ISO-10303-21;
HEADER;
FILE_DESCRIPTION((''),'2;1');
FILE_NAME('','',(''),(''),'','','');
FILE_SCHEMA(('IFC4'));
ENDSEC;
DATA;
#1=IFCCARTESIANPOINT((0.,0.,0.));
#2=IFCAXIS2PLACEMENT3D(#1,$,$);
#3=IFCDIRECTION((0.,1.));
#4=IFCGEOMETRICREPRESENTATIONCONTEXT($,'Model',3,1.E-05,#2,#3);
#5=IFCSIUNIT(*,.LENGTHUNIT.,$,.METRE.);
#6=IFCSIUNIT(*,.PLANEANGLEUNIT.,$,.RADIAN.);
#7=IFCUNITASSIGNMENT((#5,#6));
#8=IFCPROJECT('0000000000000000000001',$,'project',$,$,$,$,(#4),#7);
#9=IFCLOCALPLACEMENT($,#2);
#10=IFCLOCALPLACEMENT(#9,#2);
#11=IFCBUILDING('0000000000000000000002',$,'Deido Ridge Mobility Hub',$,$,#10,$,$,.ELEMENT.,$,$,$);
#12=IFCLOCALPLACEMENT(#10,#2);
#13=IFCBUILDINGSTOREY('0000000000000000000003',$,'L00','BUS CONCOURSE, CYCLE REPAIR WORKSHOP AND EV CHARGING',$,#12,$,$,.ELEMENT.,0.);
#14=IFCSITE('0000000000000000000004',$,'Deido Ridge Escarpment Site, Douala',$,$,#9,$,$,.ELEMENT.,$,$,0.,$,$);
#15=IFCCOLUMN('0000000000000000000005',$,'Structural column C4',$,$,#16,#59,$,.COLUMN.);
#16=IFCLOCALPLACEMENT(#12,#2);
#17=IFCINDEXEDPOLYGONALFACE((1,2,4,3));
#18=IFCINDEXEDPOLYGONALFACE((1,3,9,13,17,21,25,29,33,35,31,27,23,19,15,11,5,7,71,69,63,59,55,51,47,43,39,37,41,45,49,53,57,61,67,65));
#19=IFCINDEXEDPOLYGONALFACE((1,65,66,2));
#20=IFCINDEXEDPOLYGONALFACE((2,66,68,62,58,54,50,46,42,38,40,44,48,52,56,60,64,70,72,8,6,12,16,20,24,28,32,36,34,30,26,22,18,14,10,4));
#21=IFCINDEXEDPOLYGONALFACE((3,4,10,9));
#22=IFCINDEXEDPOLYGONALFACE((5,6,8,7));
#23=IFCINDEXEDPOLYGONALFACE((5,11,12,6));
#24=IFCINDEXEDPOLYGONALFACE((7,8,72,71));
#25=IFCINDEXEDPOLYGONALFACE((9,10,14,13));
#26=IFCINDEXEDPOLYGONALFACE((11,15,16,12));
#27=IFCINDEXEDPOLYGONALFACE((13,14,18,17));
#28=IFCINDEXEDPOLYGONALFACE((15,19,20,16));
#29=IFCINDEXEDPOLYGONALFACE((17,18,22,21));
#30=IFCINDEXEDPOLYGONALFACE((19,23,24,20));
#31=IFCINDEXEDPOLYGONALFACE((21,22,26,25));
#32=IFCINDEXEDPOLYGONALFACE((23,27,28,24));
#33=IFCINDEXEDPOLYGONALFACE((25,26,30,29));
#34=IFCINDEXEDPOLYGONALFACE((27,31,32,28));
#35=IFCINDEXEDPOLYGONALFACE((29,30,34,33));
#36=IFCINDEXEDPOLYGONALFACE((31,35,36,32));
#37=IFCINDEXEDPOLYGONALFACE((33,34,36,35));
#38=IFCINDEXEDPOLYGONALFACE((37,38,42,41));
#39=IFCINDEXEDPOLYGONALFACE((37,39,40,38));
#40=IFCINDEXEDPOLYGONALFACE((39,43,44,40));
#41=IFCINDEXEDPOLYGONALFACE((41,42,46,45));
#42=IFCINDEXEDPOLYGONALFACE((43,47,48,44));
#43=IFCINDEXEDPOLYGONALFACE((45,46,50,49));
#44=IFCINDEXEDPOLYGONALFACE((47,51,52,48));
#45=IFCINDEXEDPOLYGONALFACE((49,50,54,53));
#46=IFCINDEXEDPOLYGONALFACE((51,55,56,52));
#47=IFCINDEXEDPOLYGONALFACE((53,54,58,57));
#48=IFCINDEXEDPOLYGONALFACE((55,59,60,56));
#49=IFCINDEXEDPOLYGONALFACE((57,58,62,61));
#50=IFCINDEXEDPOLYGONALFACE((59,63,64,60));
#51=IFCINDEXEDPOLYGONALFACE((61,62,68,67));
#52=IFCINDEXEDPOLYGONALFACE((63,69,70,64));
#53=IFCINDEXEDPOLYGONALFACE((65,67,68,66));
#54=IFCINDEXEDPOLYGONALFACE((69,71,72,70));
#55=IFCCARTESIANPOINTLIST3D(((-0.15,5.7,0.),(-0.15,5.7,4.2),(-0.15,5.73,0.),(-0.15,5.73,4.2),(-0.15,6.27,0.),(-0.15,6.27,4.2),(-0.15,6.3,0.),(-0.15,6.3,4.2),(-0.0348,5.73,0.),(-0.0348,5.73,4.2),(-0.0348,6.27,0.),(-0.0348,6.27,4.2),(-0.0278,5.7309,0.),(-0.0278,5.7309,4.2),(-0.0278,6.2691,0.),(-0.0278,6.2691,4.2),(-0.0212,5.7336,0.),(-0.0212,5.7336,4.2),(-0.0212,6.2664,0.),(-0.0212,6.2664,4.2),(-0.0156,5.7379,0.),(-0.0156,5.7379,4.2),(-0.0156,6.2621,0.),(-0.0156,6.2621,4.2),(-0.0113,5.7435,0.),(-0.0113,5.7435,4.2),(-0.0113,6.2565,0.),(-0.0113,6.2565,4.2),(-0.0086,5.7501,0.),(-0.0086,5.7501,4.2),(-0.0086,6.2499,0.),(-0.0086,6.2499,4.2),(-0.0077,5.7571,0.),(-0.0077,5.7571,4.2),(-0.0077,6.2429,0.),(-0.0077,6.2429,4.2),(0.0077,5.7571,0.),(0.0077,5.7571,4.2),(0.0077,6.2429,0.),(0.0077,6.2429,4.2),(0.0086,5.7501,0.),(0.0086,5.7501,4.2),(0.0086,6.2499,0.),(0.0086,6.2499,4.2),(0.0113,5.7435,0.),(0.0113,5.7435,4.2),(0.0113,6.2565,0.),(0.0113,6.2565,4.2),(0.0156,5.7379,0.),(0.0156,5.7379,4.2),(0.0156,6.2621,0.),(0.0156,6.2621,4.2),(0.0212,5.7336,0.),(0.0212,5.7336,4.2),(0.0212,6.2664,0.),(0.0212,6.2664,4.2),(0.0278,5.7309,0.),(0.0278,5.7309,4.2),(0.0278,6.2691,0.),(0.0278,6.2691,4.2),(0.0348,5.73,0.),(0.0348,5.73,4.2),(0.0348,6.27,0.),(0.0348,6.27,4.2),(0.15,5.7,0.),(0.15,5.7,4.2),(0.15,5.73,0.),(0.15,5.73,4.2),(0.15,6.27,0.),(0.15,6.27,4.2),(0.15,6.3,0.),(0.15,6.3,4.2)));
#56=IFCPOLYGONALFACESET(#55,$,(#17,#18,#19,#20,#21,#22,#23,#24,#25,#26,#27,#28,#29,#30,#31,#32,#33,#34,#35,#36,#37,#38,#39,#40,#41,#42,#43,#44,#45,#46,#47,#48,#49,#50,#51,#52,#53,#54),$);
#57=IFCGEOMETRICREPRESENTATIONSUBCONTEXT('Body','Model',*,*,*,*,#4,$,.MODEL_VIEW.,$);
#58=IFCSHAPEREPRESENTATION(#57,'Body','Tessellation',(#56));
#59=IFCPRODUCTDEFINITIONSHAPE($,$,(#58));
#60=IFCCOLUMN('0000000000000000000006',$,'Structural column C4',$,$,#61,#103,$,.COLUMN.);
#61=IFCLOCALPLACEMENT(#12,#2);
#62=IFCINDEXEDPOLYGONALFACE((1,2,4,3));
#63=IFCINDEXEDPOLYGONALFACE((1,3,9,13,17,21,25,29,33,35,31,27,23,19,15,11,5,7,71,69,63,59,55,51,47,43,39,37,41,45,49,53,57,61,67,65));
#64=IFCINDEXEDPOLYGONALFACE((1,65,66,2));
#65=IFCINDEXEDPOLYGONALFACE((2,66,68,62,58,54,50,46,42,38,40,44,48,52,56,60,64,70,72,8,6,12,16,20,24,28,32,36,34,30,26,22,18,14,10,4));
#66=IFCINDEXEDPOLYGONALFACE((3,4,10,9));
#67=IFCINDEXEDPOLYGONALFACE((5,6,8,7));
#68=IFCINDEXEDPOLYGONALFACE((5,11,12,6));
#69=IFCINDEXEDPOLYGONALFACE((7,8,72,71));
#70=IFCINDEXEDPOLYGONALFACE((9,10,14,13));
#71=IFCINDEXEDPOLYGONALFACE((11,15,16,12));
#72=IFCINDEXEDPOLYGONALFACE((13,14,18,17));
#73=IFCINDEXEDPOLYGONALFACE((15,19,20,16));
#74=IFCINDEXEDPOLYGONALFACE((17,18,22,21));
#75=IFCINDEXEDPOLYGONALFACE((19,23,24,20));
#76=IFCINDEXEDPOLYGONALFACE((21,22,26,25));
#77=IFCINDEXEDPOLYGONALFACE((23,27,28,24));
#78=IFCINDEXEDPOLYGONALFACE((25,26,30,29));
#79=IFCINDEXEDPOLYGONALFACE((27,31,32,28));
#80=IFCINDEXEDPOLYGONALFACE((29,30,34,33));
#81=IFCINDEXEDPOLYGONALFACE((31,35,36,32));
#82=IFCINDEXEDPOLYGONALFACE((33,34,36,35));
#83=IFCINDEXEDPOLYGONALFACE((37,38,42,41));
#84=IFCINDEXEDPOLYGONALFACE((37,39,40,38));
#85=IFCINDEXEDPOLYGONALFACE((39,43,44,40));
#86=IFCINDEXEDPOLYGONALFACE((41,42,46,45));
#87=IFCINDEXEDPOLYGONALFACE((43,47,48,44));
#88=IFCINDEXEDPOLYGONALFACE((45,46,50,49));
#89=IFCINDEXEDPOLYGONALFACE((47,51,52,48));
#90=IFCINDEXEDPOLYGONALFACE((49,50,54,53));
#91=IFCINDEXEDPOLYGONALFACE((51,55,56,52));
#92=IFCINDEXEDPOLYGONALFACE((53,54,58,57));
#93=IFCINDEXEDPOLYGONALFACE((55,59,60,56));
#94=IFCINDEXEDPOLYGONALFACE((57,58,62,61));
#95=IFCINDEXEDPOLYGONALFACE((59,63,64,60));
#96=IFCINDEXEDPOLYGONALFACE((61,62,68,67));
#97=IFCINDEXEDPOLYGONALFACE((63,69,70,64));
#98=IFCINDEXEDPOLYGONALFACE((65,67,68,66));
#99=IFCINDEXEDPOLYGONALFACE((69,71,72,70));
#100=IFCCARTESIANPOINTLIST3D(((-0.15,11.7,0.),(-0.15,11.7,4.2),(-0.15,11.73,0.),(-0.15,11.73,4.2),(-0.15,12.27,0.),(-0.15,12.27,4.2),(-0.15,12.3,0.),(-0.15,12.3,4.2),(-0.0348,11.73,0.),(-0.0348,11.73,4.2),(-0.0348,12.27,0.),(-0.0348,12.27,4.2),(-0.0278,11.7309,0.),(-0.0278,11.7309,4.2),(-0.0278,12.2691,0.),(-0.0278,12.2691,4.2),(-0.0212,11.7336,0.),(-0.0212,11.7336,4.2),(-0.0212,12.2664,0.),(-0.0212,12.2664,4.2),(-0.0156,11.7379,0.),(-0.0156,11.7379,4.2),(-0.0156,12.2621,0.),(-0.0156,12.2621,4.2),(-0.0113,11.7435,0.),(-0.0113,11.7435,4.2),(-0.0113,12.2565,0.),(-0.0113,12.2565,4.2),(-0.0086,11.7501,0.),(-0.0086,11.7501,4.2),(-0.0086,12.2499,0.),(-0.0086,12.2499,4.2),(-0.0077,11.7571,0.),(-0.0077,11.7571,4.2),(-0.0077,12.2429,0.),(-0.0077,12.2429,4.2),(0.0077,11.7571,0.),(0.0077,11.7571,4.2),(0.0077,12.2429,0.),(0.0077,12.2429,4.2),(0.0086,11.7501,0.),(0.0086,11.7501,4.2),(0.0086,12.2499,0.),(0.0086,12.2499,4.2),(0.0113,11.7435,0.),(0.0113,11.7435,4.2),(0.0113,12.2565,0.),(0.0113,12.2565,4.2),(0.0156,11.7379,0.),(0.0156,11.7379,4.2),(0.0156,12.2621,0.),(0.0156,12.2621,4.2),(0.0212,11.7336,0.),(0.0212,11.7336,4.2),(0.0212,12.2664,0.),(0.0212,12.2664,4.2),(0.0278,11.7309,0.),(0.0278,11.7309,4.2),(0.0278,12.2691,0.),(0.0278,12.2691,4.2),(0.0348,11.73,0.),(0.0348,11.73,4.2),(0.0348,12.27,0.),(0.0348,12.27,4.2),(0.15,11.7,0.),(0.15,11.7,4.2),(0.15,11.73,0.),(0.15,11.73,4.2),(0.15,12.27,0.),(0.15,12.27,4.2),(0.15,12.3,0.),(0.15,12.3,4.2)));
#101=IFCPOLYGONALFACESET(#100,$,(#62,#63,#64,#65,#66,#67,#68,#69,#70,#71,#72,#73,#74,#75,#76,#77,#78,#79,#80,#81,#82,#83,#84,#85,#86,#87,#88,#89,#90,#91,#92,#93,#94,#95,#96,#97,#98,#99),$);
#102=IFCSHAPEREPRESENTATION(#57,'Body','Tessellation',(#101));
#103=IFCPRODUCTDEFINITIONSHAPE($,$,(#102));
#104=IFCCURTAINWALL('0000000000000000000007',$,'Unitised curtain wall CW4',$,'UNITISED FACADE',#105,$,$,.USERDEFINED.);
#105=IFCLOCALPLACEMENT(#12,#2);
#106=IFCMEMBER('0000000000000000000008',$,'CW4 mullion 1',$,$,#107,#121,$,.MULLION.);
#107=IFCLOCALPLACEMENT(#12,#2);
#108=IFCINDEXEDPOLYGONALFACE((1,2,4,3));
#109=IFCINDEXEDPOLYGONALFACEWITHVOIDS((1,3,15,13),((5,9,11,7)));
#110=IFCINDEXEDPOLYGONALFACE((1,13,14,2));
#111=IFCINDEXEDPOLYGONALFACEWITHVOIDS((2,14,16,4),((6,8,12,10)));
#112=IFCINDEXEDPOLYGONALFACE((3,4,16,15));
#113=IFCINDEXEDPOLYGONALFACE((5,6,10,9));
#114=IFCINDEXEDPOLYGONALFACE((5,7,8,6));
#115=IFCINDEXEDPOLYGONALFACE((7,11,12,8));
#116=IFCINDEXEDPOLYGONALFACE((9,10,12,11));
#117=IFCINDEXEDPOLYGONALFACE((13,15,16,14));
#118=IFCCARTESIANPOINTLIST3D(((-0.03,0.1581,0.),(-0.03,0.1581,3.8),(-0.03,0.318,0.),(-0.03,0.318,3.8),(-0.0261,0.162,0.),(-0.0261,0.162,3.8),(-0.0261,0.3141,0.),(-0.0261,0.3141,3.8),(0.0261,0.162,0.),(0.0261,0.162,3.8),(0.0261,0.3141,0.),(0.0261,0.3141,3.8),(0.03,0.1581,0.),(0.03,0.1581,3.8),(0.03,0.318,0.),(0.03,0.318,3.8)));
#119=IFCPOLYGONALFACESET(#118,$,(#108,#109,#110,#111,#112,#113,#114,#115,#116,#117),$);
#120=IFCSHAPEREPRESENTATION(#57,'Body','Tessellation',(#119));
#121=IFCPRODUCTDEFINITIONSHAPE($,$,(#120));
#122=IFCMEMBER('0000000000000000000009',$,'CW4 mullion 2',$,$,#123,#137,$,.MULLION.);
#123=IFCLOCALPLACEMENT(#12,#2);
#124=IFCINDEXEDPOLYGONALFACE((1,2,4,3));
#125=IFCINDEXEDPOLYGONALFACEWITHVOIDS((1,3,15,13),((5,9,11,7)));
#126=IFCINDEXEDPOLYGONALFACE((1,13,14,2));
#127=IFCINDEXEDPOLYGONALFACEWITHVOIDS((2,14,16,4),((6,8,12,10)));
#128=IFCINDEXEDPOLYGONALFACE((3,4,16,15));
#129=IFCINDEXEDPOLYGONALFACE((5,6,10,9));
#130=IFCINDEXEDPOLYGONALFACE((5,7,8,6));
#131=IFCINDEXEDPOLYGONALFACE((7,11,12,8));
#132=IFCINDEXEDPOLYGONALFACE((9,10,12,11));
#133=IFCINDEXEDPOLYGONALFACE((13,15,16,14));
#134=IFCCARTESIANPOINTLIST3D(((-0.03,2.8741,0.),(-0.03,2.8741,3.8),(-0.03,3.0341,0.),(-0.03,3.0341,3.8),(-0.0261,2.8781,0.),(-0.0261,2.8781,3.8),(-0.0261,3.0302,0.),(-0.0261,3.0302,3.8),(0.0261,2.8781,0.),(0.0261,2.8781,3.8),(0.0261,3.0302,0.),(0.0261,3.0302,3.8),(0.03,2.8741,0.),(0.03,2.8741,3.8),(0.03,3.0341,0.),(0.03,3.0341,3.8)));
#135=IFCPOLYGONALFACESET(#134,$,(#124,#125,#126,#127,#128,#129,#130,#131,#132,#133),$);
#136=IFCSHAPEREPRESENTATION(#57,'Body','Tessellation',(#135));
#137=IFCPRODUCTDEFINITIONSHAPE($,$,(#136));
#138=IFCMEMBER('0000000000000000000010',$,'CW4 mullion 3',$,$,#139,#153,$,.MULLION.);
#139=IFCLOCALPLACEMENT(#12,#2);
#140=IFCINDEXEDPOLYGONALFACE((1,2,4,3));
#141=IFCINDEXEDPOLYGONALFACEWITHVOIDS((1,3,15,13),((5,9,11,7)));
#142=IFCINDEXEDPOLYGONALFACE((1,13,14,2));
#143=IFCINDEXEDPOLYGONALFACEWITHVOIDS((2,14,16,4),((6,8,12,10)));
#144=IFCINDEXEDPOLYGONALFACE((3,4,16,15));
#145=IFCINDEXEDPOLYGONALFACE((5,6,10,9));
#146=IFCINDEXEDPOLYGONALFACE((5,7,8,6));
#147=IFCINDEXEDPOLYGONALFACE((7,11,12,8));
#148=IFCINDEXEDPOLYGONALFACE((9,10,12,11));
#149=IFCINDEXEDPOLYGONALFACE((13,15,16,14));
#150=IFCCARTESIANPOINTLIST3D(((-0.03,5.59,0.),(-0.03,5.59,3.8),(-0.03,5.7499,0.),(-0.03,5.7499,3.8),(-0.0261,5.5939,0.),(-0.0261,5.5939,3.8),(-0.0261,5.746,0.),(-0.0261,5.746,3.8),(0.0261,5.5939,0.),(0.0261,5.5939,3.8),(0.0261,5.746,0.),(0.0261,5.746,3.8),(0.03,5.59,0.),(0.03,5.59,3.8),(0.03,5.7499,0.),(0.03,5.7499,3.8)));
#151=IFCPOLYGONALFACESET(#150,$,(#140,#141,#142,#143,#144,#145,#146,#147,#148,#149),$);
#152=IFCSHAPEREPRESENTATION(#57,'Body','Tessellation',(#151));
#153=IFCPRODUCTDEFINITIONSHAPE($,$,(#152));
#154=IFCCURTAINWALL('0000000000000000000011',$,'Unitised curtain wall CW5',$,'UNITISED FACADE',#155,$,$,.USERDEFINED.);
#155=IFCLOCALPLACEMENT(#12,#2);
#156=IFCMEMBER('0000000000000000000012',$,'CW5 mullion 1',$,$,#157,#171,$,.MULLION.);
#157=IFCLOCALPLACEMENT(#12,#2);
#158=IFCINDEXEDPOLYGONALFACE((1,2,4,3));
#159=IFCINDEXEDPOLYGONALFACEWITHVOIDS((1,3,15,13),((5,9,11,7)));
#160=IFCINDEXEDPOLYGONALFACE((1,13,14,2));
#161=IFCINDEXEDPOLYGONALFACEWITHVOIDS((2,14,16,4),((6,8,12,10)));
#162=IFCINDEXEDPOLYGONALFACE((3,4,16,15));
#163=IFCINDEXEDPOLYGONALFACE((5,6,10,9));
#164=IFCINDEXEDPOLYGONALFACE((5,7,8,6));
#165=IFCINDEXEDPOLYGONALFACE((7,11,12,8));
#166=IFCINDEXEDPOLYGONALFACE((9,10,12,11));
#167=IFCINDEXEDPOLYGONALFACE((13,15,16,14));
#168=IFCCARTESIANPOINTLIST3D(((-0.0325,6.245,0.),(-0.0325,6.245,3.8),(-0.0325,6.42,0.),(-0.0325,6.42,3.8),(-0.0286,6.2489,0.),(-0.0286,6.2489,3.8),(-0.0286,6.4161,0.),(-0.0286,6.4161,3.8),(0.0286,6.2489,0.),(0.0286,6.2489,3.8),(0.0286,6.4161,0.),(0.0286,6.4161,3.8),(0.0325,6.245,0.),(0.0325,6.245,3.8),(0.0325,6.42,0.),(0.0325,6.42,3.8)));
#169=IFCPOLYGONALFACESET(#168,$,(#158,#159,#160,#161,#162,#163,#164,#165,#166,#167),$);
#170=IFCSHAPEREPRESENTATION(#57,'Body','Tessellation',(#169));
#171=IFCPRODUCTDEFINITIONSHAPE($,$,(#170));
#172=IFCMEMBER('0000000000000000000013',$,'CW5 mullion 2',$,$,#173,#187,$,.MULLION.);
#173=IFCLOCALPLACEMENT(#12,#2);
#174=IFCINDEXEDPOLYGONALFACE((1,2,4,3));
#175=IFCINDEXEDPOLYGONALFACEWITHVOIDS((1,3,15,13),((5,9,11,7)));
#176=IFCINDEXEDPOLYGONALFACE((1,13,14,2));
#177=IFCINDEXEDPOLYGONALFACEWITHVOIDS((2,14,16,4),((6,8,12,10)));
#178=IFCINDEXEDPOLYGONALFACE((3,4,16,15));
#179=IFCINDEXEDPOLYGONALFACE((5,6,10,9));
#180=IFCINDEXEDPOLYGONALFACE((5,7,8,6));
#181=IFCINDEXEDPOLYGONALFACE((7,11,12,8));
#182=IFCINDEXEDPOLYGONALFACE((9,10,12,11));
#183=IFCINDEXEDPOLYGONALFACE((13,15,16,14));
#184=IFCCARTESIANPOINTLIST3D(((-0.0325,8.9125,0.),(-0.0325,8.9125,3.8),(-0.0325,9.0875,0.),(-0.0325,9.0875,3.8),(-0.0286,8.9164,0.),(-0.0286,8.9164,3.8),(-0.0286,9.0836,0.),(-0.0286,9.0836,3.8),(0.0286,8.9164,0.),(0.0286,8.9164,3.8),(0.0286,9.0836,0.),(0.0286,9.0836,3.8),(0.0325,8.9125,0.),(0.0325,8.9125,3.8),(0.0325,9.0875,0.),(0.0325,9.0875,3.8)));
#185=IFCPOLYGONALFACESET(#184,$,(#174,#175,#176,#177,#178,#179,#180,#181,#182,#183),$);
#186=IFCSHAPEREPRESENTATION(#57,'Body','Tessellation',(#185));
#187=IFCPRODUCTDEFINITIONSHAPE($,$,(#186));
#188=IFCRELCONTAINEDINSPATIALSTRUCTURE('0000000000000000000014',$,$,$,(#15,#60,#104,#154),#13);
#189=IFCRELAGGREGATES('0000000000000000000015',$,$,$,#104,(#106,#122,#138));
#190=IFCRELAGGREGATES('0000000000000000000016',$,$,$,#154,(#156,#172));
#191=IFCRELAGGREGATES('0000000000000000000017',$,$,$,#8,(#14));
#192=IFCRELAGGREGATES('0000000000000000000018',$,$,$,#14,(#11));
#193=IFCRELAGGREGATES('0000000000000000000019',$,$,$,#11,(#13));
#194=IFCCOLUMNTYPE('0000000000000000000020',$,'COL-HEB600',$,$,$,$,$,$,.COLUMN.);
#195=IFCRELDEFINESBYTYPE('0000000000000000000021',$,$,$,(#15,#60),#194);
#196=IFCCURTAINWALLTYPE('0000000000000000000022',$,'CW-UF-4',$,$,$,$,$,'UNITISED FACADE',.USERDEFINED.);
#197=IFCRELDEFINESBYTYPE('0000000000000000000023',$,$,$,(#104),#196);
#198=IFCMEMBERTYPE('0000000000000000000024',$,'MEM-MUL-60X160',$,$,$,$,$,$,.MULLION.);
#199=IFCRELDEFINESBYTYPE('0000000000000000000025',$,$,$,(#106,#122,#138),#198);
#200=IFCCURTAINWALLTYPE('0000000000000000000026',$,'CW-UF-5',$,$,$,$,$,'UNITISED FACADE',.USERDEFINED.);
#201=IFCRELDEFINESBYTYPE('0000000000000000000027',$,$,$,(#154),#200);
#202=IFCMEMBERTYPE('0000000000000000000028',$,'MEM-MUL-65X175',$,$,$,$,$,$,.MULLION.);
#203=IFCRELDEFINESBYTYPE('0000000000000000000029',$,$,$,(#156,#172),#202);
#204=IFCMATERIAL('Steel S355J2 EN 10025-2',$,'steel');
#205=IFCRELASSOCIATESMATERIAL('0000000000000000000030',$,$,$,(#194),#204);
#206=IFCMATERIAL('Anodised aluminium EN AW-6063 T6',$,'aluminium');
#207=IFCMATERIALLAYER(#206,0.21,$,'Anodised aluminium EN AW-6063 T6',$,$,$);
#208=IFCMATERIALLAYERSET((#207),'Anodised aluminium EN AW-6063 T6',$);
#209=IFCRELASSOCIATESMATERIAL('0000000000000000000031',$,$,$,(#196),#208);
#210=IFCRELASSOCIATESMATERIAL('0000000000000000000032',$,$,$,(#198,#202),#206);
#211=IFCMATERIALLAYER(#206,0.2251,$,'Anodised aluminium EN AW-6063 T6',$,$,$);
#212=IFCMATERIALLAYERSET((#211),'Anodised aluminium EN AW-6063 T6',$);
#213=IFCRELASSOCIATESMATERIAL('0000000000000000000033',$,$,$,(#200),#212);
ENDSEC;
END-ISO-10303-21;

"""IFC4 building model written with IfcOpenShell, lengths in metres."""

from ifc_helpers import new_model, si_unit, direction, frame, origin, origin_2d, place, context, subcontext, project, spatial, hollow_rectangle, i_section, extrude, material, layer, layer_set, material_profile, profile_set, type_object, element, aggregate, save


model = new_model("IFC4")

# Units and contexts
model_context = context("Model", 3, precision=1e-05, world=origin(), true_north=direction((0.0, 1.0)))
body_context = subcontext(model_context, "Body", "Model", "MODEL_VIEW")
ifc_project = project(units=[si_unit("LENGTHUNIT", "METRE"), si_unit("PLANEANGLEUNIT", "RADIAN")], contexts=[model_context])

# Site, building, storey
site_placement = place(None, origin())
site = spatial("IfcSite", under=ifc_project, at=site_placement, Name="Deido Ridge Escarpment Site, Douala", CompositionType="ELEMENT", RefElevation=0.0)
building_placement = place(site_placement, origin())
building = spatial("IfcBuilding", under=site, at=building_placement, Name="Deido Ridge Mobility Hub", CompositionType="ELEMENT")
storey_placement = place(building_placement, origin())
storey = spatial("IfcBuildingStorey", under=building, at=storey_placement, Name="L00", Description="BUS CONCOURSE, CYCLE REPAIR WORKSHOP AND EV CHARGING", CompositionType="ELEMENT", Elevation=0.0)

# Columns
ifc_material_1 = material(Name="Steel S355J2 EN 10025-2", Category="steel")
ifc_material_profile_1 = material_profile(ifc_material_1, i_section(OverallWidth=0.3, OverallDepth=0.6001, WebThickness=0.0154, FlangeThickness=0.03, FilletRadius=0.0271, at=origin_2d()), Name="HEB 600")
ifc_profile_set_1 = profile_set([ifc_material_profile_1], Name="Steel S355J2 EN 10025-2")
column_type = type_object("IfcColumnType", Name="COL-HEB600", PredefinedType="COLUMN", material=ifc_profile_set_1)
for number, where, z_axis, x_axis, name in (
    (1, (0.0, 6.0, 0.0), (0.0, 0.0, 1.0), (1.0, 0.0, 0.0), "Structural column C4"),
    (2, (0.0, 12.0, 0.0), (0.0, 0.0, 1.0), (1.0, 0.0, 0.0), "Structural column C4"),
):
    element("IfcColumn", number, at=place(storey_placement, frame(where, z_axis=z_axis, x_axis=x_axis)), inside=storey, type_object=column_type, Name=name, PredefinedType="COLUMN", context=body_context, shape_type="SweptSolid", body=[
        extrude(i_section(OverallWidth=0.3, OverallDepth=0.6001, WebThickness=0.0154, FlangeThickness=0.03, FilletRadius=0.0271, at=origin_2d()), origin(), (0.0, 0.0, 1.0), 4.2),
    ])

# Curtain walls, members
ifc_material_2 = material(Name="Anodised aluminium EN AW-6063 T6", Category="aluminium")
ifc_layer_1 = layer(ifc_material_2, 0.21, Name="Anodised aluminium EN AW-6063 T6")
ifc_layer_set_1 = layer_set([ifc_layer_1], Name="Anodised aluminium EN AW-6063 T6")
curtain_wall_type_1 = type_object("IfcCurtainWallType", Name="CW-UF-4", ElementType="UNITISED FACADE", PredefinedType="USERDEFINED", material=ifc_layer_set_1)
curtain_wall_1_placement = place(storey_placement, origin())
curtain_wall_1 = element("IfcCurtainWall", 3, at=curtain_wall_1_placement, inside=storey, type_object=curtain_wall_type_1, Name="Unitised curtain wall CW4", ObjectType="UNITISED FACADE", PredefinedType="USERDEFINED")
ifc_material_profile_2 = material_profile(ifc_material_2, hollow_rectangle(XDim=0.0601, YDim=0.1599, WallThickness=0.0039, at=origin_2d()), Name="RHS 60x160x4")
ifc_profile_set_2 = profile_set([ifc_material_profile_2], Name="Anodised aluminium EN AW-6063 T6")
member_type_1 = type_object("IfcMemberType", Name="MEM-MUL-60X160", PredefinedType="MULLION", material=ifc_profile_set_2)
member_1_placement = place(storey_placement, frame((0.0, 0.238, 0.0), z_axis=(0.0, 0.0, 1.0), x_axis=(-1.0, 0.0, 0.0)))
member_1 = element("IfcMember", 4, at=member_1_placement, type_object=member_type_1, Name="CW4 mullion 1", PredefinedType="MULLION", context=body_context, shape_type="SweptSolid", body=[
    extrude(hollow_rectangle(XDim=0.0601, YDim=0.1599, WallThickness=0.0039, at=origin_2d()), origin(), (0.0, 0.0, 1.0), 3.8),
])
member_2_placement = place(storey_placement, frame((0.0, 2.9541, 0.0), z_axis=(0.0, 0.0, 1.0), x_axis=(-1.0, 0.0, 0.0)))
member_2 = element("IfcMember", 5, at=member_2_placement, type_object=member_type_1, Name="CW4 mullion 2", PredefinedType="MULLION", context=body_context, shape_type="SweptSolid", body=[
    extrude(hollow_rectangle(XDim=0.0601, YDim=0.1599, WallThickness=0.0039, at=origin_2d()), origin(), (0.0, 0.0, 1.0), 3.8),
])
member_3_placement = place(storey_placement, frame((0.0, 5.6699, 0.0), z_axis=(0.0, 0.0, 1.0), x_axis=(-1.0, 0.0, 0.0)))
member_3 = element("IfcMember", 6, at=member_3_placement, type_object=member_type_1, Name="CW4 mullion 3", PredefinedType="MULLION", context=body_context, shape_type="SweptSolid", body=[
    extrude(hollow_rectangle(XDim=0.0601, YDim=0.1599, WallThickness=0.0039, at=origin_2d()), origin(), (0.0, 0.0, 1.0), 3.8),
])
ifc_layer_2 = layer(ifc_material_2, 0.2251, Name="Anodised aluminium EN AW-6063 T6")
ifc_layer_set_2 = layer_set([ifc_layer_2], Name="Anodised aluminium EN AW-6063 T6")
curtain_wall_type_2 = type_object("IfcCurtainWallType", Name="CW-UF-5", ElementType="UNITISED FACADE", PredefinedType="USERDEFINED", material=ifc_layer_set_2)
curtain_wall_2_placement = place(storey_placement, origin())
curtain_wall_2 = element("IfcCurtainWall", 7, at=curtain_wall_2_placement, inside=storey, type_object=curtain_wall_type_2, Name="Unitised curtain wall CW5", ObjectType="UNITISED FACADE", PredefinedType="USERDEFINED")
ifc_material_profile_3 = material_profile(ifc_material_2, hollow_rectangle(XDim=0.0649, YDim=0.175, WallThickness=0.0039, at=origin_2d()), Name="RHS 65x175x4")
ifc_profile_set_3 = profile_set([ifc_material_profile_3], Name="Anodised aluminium EN AW-6063 T6")
member_type_2 = type_object("IfcMemberType", Name="MEM-MUL-65X175", PredefinedType="MULLION", material=ifc_profile_set_3)
member_4_placement = place(storey_placement, frame((0.0, 6.3325, 0.0), z_axis=(0.0, 0.0, 1.0), x_axis=(-1.0, 0.0, 0.0)))
member_4 = element("IfcMember", 8, at=member_4_placement, type_object=member_type_2, Name="CW5 mullion 1", PredefinedType="MULLION", context=body_context, shape_type="SweptSolid", body=[
    extrude(hollow_rectangle(XDim=0.0649, YDim=0.175, WallThickness=0.0039, at=origin_2d()), origin(), (0.0, 0.0, 1.0), 3.8),
])
member_5_placement = place(storey_placement, frame((0.0, 9.0, 0.0), z_axis=(0.0, 0.0, 1.0), x_axis=(-1.0, 0.0, 0.0)))
member_5 = element("IfcMember", 9, at=member_5_placement, type_object=member_type_2, Name="CW5 mullion 2", PredefinedType="MULLION", context=body_context, shape_type="SweptSolid", body=[
    extrude(hollow_rectangle(XDim=0.0649, YDim=0.175, WallThickness=0.0039, at=origin_2d()), origin(), (0.0, 0.0, 1.0), 3.8),
])

aggregate(curtain_wall_1, [member_1, member_2, member_3])
aggregate(curtain_wall_2, [member_4, member_5])

save(model, "model.ifc")
